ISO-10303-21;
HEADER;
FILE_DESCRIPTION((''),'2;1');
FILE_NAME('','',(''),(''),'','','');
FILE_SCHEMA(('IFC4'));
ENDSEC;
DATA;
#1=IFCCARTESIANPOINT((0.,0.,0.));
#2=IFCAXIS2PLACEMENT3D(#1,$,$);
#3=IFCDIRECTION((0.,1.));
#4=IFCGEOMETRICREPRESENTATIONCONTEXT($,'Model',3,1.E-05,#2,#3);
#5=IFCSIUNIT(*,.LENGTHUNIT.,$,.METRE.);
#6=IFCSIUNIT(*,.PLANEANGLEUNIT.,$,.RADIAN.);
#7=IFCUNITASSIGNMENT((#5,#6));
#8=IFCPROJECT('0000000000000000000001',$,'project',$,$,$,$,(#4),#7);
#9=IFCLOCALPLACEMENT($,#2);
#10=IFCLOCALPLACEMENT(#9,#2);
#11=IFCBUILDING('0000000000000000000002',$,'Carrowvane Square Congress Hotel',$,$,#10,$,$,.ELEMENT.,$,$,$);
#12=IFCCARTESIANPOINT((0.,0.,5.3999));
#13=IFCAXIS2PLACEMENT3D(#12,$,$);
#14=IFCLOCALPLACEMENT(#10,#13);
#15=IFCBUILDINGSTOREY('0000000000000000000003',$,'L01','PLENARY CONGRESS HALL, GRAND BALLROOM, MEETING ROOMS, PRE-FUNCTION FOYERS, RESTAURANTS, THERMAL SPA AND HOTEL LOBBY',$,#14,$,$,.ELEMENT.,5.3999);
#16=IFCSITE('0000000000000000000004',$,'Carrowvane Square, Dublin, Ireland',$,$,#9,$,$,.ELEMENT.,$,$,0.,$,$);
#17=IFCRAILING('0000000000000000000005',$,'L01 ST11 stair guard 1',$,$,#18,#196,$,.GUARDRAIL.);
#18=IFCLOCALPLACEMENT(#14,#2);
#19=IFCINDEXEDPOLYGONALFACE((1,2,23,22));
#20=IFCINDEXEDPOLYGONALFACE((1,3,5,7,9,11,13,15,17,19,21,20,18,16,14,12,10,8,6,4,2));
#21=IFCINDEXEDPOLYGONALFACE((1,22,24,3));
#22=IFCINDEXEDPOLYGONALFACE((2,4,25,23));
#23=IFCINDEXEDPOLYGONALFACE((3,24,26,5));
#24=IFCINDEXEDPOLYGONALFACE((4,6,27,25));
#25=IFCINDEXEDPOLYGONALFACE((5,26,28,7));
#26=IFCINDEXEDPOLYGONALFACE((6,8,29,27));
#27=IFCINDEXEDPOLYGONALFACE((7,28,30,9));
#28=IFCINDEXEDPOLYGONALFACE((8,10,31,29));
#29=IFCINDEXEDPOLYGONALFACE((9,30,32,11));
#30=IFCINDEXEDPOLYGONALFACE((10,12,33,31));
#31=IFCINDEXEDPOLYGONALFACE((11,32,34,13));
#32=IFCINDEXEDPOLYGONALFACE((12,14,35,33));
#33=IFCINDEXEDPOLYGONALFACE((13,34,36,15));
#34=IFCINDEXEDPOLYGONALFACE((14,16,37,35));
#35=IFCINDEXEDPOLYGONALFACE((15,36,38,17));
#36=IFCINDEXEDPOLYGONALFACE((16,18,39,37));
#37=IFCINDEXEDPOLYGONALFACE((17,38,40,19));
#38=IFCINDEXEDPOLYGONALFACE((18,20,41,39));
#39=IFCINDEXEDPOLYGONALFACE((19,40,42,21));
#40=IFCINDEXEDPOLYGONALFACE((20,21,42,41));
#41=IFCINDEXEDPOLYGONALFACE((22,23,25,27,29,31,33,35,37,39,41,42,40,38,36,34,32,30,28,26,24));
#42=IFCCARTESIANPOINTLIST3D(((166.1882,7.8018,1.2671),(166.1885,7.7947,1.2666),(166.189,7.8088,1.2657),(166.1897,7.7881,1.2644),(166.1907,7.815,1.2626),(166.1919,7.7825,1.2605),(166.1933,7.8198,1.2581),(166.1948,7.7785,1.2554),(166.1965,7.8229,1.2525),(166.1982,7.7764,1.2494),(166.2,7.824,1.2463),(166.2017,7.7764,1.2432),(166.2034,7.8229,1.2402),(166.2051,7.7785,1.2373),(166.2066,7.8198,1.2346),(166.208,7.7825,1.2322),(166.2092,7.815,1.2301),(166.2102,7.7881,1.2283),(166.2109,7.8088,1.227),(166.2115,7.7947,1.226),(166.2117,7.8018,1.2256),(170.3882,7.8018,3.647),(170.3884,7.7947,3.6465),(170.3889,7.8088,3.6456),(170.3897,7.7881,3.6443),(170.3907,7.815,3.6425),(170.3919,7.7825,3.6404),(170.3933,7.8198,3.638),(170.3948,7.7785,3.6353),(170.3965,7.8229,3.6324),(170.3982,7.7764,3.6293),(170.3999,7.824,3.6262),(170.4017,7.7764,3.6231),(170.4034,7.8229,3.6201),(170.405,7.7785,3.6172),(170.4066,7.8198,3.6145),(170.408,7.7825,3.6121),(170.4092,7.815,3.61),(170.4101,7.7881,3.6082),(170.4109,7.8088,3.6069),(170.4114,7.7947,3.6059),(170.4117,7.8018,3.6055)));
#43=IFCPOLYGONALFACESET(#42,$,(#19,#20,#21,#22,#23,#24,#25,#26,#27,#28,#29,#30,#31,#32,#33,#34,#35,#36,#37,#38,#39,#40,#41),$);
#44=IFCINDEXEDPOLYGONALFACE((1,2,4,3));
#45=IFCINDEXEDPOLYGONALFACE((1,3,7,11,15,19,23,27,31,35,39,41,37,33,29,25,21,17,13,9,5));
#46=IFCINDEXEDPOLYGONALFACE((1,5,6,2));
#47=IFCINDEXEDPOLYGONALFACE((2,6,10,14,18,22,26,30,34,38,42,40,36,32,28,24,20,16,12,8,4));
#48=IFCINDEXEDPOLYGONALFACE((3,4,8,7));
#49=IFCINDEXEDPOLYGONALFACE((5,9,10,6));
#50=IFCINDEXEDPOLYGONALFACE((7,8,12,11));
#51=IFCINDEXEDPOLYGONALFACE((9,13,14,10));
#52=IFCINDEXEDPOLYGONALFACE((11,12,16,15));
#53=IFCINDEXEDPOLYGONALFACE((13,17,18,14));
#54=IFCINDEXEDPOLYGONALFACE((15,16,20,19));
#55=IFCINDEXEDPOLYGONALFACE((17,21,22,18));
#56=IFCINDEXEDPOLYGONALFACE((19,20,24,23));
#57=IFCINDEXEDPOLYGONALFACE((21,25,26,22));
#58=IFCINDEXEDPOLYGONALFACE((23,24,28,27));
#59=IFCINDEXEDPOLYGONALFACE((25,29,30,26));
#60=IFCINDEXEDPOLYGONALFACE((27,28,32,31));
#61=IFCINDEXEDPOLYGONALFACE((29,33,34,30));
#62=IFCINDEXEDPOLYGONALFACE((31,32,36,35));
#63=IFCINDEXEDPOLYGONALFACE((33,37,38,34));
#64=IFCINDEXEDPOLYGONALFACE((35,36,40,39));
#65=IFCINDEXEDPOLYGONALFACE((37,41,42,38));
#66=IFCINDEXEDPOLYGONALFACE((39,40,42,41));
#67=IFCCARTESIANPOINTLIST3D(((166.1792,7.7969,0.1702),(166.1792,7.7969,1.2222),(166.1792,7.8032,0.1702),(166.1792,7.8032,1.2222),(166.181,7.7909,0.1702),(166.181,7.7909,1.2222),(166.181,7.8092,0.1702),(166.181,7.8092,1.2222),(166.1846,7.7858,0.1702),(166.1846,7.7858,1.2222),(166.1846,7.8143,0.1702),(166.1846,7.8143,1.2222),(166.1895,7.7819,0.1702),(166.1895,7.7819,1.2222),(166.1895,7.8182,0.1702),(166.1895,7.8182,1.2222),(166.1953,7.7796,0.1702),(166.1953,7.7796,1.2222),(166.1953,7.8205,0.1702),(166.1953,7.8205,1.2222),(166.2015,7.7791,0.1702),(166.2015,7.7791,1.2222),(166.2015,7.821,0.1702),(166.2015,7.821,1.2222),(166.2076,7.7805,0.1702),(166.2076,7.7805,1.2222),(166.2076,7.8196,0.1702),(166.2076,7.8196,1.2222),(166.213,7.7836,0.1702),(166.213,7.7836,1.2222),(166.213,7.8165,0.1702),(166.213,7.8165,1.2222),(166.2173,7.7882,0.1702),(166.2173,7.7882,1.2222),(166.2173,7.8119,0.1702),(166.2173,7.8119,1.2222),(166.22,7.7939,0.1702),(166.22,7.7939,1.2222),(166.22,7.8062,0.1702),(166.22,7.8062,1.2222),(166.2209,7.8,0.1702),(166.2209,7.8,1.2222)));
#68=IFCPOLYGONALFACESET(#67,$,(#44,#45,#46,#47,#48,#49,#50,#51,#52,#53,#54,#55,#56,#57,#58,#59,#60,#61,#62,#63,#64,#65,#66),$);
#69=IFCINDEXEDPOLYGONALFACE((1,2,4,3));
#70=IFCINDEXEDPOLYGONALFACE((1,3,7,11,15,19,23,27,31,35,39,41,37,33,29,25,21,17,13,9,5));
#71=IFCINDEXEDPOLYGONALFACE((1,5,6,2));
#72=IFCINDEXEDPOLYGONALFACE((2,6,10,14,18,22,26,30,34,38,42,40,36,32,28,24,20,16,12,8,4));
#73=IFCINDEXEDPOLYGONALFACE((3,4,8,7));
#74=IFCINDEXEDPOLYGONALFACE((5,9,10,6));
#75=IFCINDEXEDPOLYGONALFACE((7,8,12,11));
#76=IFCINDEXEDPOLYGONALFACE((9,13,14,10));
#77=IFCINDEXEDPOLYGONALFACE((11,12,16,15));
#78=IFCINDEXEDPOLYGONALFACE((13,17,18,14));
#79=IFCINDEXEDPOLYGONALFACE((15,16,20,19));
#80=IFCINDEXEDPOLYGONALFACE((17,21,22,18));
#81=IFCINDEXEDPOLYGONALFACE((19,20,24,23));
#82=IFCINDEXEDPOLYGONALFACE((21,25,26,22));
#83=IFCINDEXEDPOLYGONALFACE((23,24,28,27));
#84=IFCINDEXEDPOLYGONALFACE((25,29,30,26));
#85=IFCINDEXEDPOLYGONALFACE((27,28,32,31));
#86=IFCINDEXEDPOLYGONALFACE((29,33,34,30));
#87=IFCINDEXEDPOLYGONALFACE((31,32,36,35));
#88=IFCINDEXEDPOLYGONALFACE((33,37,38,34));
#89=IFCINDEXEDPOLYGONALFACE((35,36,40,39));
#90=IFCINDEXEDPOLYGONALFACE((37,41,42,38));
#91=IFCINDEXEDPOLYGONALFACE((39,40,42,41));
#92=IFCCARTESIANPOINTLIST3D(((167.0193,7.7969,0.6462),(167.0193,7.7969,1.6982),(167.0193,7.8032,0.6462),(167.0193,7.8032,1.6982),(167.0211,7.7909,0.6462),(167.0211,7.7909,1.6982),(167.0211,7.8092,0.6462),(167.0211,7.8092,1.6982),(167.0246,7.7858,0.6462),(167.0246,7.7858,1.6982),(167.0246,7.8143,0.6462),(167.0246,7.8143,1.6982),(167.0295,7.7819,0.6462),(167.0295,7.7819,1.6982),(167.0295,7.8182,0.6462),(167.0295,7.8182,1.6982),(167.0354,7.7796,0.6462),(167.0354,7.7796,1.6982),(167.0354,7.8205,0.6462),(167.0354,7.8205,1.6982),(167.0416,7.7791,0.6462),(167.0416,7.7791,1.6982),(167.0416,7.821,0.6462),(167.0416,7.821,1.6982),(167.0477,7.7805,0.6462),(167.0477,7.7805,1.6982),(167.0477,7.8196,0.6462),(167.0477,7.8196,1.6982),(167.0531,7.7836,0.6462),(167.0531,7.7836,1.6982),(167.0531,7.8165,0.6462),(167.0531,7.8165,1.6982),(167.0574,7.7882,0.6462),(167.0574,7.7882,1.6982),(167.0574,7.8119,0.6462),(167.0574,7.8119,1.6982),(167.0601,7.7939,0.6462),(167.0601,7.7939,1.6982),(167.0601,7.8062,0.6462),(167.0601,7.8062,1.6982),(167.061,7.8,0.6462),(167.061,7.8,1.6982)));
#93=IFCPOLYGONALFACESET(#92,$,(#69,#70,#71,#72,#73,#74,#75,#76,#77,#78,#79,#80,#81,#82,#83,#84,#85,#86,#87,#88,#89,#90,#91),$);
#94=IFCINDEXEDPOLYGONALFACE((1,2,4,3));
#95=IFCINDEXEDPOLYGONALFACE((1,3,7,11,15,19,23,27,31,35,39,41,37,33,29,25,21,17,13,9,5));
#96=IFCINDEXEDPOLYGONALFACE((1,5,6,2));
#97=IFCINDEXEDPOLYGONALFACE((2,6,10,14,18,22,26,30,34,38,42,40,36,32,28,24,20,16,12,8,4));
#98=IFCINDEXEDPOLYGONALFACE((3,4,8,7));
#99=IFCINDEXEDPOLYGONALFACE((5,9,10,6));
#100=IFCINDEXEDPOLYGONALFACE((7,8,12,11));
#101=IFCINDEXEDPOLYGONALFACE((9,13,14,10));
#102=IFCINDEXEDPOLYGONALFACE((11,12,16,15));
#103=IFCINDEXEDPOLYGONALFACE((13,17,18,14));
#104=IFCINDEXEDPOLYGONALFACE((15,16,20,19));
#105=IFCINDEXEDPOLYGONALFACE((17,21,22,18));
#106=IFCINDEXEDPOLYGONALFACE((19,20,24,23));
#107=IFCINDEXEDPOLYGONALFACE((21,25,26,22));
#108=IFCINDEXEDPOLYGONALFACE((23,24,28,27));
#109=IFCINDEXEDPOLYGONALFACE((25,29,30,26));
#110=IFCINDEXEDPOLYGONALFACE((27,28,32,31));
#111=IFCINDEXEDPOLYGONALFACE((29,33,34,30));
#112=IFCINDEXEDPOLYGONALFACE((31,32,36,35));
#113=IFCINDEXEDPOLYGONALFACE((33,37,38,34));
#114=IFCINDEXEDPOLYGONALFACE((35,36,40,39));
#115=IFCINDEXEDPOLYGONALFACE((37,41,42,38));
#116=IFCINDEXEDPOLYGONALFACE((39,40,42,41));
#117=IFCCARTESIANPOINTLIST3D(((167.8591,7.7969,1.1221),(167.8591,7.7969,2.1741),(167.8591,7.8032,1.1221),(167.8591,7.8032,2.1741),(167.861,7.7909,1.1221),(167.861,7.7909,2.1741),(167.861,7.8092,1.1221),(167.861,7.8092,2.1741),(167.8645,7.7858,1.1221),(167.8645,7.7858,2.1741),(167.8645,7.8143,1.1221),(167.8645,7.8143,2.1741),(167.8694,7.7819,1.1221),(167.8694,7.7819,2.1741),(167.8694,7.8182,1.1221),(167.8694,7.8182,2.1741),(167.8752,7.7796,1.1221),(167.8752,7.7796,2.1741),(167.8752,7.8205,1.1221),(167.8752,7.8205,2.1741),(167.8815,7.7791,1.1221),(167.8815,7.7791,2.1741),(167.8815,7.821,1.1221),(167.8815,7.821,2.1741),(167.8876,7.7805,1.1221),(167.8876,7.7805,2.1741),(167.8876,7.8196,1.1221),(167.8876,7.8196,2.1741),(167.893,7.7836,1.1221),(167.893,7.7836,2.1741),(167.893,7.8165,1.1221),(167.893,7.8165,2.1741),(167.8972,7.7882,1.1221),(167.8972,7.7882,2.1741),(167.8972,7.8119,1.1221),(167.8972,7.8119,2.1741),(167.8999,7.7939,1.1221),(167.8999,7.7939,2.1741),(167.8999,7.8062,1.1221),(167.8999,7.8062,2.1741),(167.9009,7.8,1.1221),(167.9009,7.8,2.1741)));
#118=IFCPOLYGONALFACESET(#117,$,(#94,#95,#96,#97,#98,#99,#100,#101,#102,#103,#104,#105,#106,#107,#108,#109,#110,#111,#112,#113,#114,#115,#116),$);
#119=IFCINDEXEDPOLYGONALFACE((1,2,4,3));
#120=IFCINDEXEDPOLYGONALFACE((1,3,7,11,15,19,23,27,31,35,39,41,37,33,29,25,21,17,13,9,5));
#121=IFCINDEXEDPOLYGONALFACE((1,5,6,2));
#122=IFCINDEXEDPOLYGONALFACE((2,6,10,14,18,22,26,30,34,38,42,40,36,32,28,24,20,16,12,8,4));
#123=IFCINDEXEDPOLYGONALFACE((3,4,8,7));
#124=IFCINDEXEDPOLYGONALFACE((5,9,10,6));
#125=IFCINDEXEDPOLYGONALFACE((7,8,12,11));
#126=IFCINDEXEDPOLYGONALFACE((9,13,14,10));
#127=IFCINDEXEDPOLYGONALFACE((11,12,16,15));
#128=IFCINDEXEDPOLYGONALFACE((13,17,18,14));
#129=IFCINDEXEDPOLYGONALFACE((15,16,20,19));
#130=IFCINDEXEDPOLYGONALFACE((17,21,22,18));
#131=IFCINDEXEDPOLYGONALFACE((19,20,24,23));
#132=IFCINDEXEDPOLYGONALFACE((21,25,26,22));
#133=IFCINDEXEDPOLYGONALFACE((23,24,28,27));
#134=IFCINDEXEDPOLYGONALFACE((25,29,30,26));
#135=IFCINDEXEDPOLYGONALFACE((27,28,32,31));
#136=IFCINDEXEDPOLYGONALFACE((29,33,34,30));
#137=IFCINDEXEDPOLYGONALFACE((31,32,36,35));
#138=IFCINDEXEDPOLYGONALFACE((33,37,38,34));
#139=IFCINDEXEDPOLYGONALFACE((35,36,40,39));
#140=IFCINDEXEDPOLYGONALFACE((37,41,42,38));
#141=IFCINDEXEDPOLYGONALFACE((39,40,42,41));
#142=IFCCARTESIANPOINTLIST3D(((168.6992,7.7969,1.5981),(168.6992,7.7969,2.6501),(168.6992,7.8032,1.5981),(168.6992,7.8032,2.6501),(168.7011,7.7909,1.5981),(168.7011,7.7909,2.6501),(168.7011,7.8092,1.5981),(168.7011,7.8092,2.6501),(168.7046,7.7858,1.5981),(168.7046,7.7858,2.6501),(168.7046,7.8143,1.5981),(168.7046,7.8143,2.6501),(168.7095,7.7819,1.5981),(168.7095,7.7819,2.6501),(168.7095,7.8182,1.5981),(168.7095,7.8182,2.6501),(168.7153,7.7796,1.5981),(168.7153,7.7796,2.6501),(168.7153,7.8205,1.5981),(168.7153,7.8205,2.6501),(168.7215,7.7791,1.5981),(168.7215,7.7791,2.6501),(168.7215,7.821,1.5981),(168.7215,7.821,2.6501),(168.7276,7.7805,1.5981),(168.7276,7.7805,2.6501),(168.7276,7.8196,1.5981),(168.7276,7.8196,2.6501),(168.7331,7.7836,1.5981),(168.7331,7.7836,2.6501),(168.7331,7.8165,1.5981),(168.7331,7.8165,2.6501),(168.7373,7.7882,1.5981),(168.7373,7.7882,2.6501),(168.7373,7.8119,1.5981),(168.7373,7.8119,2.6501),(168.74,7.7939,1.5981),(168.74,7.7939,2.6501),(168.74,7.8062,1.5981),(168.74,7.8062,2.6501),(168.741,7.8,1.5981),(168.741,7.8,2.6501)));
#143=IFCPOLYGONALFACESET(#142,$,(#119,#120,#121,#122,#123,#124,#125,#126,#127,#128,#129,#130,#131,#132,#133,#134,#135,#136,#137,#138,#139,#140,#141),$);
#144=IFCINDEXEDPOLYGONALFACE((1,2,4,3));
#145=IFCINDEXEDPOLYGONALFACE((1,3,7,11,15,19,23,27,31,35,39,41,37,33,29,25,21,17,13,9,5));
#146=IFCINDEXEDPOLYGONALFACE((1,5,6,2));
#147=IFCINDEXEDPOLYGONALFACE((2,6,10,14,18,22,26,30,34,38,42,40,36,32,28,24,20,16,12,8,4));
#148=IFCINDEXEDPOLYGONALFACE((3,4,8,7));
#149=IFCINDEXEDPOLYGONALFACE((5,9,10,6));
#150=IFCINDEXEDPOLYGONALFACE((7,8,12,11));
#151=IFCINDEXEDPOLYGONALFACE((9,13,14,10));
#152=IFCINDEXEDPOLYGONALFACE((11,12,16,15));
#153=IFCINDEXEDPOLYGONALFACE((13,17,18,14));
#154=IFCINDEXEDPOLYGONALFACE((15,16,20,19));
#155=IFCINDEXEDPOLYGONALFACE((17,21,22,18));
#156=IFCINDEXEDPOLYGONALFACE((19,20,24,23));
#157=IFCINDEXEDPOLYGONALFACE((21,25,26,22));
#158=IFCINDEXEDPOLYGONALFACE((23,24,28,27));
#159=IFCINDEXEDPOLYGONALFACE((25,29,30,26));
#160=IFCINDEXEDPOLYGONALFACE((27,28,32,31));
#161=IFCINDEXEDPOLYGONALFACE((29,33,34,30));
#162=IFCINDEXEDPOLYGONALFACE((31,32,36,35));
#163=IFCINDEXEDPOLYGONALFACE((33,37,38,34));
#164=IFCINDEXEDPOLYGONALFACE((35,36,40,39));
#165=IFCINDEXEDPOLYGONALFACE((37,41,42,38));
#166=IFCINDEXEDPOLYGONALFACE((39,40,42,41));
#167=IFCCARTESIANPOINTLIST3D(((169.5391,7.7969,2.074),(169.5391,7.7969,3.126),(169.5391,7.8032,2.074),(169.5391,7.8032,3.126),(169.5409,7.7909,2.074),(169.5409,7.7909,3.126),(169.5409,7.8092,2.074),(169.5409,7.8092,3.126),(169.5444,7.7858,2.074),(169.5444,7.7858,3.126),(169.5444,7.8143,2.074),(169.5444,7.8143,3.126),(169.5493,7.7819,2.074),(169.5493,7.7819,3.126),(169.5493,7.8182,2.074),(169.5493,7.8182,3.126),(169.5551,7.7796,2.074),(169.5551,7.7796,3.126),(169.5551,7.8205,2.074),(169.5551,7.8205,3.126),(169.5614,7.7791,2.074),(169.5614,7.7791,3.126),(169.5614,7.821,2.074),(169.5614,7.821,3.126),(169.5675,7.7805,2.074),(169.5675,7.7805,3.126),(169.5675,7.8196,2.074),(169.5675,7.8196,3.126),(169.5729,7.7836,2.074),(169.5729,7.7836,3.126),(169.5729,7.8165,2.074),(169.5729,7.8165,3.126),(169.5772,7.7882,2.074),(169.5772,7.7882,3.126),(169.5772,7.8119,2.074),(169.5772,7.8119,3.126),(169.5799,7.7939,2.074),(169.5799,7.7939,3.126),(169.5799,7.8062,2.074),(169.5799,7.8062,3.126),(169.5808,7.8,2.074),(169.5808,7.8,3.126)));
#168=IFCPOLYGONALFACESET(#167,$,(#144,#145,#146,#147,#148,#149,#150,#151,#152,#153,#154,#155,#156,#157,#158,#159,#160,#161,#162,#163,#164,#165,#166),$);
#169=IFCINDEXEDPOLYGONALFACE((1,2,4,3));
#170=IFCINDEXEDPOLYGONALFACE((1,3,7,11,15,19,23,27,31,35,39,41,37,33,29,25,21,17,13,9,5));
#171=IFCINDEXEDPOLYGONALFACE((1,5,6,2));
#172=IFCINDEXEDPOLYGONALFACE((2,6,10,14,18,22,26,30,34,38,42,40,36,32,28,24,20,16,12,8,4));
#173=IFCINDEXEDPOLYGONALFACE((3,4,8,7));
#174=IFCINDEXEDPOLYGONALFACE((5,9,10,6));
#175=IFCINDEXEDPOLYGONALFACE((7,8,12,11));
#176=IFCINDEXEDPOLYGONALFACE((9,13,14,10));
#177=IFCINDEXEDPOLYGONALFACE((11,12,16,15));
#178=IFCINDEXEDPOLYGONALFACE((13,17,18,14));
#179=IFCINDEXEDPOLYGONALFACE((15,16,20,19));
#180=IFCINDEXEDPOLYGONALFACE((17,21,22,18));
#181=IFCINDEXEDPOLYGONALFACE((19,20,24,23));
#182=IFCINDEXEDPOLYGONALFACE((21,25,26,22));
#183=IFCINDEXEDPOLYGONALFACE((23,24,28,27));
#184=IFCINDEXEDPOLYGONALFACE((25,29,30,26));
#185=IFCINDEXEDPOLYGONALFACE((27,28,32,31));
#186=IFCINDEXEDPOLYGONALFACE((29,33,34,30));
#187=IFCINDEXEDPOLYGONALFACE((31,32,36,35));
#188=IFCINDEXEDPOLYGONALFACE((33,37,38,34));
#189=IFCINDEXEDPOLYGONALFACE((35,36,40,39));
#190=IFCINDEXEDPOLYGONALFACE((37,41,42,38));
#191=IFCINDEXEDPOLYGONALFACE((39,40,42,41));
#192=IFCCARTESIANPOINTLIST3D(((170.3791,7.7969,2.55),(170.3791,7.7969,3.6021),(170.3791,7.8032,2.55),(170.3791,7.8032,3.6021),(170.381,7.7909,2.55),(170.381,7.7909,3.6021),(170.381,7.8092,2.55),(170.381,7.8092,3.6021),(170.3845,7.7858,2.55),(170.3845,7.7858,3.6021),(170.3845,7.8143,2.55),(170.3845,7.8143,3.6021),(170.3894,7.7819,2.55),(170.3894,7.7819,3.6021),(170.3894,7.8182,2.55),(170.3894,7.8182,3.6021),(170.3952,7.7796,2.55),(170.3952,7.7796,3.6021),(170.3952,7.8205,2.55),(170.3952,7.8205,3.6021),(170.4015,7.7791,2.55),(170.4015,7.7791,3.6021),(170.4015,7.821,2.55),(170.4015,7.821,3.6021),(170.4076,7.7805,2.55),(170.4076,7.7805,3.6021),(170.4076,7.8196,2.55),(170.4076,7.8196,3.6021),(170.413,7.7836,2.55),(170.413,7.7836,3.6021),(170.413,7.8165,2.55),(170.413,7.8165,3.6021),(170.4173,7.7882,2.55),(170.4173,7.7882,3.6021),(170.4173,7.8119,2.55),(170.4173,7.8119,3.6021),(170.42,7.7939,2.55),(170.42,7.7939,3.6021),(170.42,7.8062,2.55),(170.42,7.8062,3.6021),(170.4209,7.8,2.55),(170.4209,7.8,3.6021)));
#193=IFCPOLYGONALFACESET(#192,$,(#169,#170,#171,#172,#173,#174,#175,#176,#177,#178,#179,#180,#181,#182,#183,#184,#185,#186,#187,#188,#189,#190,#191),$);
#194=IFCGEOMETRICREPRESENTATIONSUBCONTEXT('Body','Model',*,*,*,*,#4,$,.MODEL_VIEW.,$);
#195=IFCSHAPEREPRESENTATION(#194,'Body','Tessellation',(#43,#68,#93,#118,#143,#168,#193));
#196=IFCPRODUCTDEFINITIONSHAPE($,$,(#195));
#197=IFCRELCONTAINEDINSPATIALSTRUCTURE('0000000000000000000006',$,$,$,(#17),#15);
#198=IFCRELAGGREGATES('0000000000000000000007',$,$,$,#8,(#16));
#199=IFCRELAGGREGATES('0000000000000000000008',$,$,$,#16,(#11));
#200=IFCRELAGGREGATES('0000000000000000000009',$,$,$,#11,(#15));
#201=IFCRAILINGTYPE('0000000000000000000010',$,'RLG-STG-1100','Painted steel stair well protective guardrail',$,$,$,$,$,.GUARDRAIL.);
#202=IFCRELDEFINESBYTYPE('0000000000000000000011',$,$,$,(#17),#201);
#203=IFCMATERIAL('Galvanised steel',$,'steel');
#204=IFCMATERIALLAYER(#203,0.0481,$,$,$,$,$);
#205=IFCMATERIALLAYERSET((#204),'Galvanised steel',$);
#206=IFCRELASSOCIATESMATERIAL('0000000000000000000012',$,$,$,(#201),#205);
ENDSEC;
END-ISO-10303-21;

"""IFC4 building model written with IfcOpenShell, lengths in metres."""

from ifc_helpers import new_model, si_unit, direction, frame, origin, origin_2d, place, context, subcontext, project, spatial, circle, extrude, material, layer, layer_set, type_object, element, save


model = new_model("IFC4")

# Units and contexts
model_context = context("Model", 3, precision=1e-05, world=origin(), true_north=direction((0.0, 1.0)))
body_context = subcontext(model_context, "Body", "Model", "MODEL_VIEW")
ifc_project = project(units=[si_unit("LENGTHUNIT", "METRE"), si_unit("PLANEANGLEUNIT", "RADIAN")], contexts=[model_context])

# Site, building, storey
site_placement = place(None, origin())
site = spatial("IfcSite", under=ifc_project, at=site_placement, Name="Carrowvane Square, Dublin, Ireland", CompositionType="ELEMENT", RefElevation=0.0)
building_placement = place(site_placement, origin())
building = spatial("IfcBuilding", under=site, at=building_placement, Name="Carrowvane Square Congress Hotel", CompositionType="ELEMENT")
storey_placement = place(building_placement, frame((0.0, 0.0, 5.3999)))
storey = spatial("IfcBuildingStorey", under=building, at=storey_placement, Name="L01", Description="PLENARY CONGRESS HALL, GRAND BALLROOM, MEETING ROOMS, PRE-FUNCTION FOYERS, RESTAURANTS, THERMAL SPA AND HOTEL LOBBY", CompositionType="ELEMENT", Elevation=5.3999)

# Railing
ifc_material_1 = material(Name="Galvanised steel", Category="steel")
ifc_layer_1 = layer(ifc_material_1, 0.0481)
ifc_layer_set_1 = layer_set([ifc_layer_1], Name="Galvanised steel")
railing_type_1 = type_object("IfcRailingType", Name="RLG-STG-1100", Description="Painted steel stair well protective guardrail", PredefinedType="GUARDRAIL", material=ifc_layer_set_1)
railing_1_placement = place(storey_placement, frame((166.2, 7.8, 0.1702)))
element("IfcRailing", 1, at=railing_1_placement, inside=storey, type_object=railing_type_1, Name="L01 ST11 stair guard 1", PredefinedType="GUARDRAIL", context=body_context, shape_type="SweptSolid", body=[
    extrude(circle(Radius=0.0239, at=origin_2d()), frame((0.0, 0.0, 1.0762), z_axis=(0.87003, 0.0, 0.492999), x_axis=(0.0, 1.0, 0.0)), (0.0, 0.0, 1.0), 4.8274),
    extrude(circle(Radius=0.021, at=origin_2d()), origin(), (0.0, 0.0, 1.0), 1.052),
    extrude(circle(Radius=0.021, at=origin_2d()), frame((0.8401, 0.0, 0.4761)), (0.0, 0.0, 1.0), 1.052),
    extrude(circle(Radius=0.021, at=origin_2d()), frame((1.6799, 0.0, 0.9519)), (0.0, 0.0, 1.0), 1.052),
    extrude(circle(Radius=0.021, at=origin_2d()), frame((2.52, 0.0, 1.428)), (0.0, 0.0, 1.0), 1.052),
    extrude(circle(Radius=0.021, at=origin_2d()), frame((3.3599, 0.0, 1.9038)), (0.0, 0.0, 1.0), 1.052),
    extrude(circle(Radius=0.021, at=origin_2d()), frame((4.2, 0.0, 2.3799)), (0.0, 0.0, 1.0), 1.052),
])

save(model, "model.ifc")
